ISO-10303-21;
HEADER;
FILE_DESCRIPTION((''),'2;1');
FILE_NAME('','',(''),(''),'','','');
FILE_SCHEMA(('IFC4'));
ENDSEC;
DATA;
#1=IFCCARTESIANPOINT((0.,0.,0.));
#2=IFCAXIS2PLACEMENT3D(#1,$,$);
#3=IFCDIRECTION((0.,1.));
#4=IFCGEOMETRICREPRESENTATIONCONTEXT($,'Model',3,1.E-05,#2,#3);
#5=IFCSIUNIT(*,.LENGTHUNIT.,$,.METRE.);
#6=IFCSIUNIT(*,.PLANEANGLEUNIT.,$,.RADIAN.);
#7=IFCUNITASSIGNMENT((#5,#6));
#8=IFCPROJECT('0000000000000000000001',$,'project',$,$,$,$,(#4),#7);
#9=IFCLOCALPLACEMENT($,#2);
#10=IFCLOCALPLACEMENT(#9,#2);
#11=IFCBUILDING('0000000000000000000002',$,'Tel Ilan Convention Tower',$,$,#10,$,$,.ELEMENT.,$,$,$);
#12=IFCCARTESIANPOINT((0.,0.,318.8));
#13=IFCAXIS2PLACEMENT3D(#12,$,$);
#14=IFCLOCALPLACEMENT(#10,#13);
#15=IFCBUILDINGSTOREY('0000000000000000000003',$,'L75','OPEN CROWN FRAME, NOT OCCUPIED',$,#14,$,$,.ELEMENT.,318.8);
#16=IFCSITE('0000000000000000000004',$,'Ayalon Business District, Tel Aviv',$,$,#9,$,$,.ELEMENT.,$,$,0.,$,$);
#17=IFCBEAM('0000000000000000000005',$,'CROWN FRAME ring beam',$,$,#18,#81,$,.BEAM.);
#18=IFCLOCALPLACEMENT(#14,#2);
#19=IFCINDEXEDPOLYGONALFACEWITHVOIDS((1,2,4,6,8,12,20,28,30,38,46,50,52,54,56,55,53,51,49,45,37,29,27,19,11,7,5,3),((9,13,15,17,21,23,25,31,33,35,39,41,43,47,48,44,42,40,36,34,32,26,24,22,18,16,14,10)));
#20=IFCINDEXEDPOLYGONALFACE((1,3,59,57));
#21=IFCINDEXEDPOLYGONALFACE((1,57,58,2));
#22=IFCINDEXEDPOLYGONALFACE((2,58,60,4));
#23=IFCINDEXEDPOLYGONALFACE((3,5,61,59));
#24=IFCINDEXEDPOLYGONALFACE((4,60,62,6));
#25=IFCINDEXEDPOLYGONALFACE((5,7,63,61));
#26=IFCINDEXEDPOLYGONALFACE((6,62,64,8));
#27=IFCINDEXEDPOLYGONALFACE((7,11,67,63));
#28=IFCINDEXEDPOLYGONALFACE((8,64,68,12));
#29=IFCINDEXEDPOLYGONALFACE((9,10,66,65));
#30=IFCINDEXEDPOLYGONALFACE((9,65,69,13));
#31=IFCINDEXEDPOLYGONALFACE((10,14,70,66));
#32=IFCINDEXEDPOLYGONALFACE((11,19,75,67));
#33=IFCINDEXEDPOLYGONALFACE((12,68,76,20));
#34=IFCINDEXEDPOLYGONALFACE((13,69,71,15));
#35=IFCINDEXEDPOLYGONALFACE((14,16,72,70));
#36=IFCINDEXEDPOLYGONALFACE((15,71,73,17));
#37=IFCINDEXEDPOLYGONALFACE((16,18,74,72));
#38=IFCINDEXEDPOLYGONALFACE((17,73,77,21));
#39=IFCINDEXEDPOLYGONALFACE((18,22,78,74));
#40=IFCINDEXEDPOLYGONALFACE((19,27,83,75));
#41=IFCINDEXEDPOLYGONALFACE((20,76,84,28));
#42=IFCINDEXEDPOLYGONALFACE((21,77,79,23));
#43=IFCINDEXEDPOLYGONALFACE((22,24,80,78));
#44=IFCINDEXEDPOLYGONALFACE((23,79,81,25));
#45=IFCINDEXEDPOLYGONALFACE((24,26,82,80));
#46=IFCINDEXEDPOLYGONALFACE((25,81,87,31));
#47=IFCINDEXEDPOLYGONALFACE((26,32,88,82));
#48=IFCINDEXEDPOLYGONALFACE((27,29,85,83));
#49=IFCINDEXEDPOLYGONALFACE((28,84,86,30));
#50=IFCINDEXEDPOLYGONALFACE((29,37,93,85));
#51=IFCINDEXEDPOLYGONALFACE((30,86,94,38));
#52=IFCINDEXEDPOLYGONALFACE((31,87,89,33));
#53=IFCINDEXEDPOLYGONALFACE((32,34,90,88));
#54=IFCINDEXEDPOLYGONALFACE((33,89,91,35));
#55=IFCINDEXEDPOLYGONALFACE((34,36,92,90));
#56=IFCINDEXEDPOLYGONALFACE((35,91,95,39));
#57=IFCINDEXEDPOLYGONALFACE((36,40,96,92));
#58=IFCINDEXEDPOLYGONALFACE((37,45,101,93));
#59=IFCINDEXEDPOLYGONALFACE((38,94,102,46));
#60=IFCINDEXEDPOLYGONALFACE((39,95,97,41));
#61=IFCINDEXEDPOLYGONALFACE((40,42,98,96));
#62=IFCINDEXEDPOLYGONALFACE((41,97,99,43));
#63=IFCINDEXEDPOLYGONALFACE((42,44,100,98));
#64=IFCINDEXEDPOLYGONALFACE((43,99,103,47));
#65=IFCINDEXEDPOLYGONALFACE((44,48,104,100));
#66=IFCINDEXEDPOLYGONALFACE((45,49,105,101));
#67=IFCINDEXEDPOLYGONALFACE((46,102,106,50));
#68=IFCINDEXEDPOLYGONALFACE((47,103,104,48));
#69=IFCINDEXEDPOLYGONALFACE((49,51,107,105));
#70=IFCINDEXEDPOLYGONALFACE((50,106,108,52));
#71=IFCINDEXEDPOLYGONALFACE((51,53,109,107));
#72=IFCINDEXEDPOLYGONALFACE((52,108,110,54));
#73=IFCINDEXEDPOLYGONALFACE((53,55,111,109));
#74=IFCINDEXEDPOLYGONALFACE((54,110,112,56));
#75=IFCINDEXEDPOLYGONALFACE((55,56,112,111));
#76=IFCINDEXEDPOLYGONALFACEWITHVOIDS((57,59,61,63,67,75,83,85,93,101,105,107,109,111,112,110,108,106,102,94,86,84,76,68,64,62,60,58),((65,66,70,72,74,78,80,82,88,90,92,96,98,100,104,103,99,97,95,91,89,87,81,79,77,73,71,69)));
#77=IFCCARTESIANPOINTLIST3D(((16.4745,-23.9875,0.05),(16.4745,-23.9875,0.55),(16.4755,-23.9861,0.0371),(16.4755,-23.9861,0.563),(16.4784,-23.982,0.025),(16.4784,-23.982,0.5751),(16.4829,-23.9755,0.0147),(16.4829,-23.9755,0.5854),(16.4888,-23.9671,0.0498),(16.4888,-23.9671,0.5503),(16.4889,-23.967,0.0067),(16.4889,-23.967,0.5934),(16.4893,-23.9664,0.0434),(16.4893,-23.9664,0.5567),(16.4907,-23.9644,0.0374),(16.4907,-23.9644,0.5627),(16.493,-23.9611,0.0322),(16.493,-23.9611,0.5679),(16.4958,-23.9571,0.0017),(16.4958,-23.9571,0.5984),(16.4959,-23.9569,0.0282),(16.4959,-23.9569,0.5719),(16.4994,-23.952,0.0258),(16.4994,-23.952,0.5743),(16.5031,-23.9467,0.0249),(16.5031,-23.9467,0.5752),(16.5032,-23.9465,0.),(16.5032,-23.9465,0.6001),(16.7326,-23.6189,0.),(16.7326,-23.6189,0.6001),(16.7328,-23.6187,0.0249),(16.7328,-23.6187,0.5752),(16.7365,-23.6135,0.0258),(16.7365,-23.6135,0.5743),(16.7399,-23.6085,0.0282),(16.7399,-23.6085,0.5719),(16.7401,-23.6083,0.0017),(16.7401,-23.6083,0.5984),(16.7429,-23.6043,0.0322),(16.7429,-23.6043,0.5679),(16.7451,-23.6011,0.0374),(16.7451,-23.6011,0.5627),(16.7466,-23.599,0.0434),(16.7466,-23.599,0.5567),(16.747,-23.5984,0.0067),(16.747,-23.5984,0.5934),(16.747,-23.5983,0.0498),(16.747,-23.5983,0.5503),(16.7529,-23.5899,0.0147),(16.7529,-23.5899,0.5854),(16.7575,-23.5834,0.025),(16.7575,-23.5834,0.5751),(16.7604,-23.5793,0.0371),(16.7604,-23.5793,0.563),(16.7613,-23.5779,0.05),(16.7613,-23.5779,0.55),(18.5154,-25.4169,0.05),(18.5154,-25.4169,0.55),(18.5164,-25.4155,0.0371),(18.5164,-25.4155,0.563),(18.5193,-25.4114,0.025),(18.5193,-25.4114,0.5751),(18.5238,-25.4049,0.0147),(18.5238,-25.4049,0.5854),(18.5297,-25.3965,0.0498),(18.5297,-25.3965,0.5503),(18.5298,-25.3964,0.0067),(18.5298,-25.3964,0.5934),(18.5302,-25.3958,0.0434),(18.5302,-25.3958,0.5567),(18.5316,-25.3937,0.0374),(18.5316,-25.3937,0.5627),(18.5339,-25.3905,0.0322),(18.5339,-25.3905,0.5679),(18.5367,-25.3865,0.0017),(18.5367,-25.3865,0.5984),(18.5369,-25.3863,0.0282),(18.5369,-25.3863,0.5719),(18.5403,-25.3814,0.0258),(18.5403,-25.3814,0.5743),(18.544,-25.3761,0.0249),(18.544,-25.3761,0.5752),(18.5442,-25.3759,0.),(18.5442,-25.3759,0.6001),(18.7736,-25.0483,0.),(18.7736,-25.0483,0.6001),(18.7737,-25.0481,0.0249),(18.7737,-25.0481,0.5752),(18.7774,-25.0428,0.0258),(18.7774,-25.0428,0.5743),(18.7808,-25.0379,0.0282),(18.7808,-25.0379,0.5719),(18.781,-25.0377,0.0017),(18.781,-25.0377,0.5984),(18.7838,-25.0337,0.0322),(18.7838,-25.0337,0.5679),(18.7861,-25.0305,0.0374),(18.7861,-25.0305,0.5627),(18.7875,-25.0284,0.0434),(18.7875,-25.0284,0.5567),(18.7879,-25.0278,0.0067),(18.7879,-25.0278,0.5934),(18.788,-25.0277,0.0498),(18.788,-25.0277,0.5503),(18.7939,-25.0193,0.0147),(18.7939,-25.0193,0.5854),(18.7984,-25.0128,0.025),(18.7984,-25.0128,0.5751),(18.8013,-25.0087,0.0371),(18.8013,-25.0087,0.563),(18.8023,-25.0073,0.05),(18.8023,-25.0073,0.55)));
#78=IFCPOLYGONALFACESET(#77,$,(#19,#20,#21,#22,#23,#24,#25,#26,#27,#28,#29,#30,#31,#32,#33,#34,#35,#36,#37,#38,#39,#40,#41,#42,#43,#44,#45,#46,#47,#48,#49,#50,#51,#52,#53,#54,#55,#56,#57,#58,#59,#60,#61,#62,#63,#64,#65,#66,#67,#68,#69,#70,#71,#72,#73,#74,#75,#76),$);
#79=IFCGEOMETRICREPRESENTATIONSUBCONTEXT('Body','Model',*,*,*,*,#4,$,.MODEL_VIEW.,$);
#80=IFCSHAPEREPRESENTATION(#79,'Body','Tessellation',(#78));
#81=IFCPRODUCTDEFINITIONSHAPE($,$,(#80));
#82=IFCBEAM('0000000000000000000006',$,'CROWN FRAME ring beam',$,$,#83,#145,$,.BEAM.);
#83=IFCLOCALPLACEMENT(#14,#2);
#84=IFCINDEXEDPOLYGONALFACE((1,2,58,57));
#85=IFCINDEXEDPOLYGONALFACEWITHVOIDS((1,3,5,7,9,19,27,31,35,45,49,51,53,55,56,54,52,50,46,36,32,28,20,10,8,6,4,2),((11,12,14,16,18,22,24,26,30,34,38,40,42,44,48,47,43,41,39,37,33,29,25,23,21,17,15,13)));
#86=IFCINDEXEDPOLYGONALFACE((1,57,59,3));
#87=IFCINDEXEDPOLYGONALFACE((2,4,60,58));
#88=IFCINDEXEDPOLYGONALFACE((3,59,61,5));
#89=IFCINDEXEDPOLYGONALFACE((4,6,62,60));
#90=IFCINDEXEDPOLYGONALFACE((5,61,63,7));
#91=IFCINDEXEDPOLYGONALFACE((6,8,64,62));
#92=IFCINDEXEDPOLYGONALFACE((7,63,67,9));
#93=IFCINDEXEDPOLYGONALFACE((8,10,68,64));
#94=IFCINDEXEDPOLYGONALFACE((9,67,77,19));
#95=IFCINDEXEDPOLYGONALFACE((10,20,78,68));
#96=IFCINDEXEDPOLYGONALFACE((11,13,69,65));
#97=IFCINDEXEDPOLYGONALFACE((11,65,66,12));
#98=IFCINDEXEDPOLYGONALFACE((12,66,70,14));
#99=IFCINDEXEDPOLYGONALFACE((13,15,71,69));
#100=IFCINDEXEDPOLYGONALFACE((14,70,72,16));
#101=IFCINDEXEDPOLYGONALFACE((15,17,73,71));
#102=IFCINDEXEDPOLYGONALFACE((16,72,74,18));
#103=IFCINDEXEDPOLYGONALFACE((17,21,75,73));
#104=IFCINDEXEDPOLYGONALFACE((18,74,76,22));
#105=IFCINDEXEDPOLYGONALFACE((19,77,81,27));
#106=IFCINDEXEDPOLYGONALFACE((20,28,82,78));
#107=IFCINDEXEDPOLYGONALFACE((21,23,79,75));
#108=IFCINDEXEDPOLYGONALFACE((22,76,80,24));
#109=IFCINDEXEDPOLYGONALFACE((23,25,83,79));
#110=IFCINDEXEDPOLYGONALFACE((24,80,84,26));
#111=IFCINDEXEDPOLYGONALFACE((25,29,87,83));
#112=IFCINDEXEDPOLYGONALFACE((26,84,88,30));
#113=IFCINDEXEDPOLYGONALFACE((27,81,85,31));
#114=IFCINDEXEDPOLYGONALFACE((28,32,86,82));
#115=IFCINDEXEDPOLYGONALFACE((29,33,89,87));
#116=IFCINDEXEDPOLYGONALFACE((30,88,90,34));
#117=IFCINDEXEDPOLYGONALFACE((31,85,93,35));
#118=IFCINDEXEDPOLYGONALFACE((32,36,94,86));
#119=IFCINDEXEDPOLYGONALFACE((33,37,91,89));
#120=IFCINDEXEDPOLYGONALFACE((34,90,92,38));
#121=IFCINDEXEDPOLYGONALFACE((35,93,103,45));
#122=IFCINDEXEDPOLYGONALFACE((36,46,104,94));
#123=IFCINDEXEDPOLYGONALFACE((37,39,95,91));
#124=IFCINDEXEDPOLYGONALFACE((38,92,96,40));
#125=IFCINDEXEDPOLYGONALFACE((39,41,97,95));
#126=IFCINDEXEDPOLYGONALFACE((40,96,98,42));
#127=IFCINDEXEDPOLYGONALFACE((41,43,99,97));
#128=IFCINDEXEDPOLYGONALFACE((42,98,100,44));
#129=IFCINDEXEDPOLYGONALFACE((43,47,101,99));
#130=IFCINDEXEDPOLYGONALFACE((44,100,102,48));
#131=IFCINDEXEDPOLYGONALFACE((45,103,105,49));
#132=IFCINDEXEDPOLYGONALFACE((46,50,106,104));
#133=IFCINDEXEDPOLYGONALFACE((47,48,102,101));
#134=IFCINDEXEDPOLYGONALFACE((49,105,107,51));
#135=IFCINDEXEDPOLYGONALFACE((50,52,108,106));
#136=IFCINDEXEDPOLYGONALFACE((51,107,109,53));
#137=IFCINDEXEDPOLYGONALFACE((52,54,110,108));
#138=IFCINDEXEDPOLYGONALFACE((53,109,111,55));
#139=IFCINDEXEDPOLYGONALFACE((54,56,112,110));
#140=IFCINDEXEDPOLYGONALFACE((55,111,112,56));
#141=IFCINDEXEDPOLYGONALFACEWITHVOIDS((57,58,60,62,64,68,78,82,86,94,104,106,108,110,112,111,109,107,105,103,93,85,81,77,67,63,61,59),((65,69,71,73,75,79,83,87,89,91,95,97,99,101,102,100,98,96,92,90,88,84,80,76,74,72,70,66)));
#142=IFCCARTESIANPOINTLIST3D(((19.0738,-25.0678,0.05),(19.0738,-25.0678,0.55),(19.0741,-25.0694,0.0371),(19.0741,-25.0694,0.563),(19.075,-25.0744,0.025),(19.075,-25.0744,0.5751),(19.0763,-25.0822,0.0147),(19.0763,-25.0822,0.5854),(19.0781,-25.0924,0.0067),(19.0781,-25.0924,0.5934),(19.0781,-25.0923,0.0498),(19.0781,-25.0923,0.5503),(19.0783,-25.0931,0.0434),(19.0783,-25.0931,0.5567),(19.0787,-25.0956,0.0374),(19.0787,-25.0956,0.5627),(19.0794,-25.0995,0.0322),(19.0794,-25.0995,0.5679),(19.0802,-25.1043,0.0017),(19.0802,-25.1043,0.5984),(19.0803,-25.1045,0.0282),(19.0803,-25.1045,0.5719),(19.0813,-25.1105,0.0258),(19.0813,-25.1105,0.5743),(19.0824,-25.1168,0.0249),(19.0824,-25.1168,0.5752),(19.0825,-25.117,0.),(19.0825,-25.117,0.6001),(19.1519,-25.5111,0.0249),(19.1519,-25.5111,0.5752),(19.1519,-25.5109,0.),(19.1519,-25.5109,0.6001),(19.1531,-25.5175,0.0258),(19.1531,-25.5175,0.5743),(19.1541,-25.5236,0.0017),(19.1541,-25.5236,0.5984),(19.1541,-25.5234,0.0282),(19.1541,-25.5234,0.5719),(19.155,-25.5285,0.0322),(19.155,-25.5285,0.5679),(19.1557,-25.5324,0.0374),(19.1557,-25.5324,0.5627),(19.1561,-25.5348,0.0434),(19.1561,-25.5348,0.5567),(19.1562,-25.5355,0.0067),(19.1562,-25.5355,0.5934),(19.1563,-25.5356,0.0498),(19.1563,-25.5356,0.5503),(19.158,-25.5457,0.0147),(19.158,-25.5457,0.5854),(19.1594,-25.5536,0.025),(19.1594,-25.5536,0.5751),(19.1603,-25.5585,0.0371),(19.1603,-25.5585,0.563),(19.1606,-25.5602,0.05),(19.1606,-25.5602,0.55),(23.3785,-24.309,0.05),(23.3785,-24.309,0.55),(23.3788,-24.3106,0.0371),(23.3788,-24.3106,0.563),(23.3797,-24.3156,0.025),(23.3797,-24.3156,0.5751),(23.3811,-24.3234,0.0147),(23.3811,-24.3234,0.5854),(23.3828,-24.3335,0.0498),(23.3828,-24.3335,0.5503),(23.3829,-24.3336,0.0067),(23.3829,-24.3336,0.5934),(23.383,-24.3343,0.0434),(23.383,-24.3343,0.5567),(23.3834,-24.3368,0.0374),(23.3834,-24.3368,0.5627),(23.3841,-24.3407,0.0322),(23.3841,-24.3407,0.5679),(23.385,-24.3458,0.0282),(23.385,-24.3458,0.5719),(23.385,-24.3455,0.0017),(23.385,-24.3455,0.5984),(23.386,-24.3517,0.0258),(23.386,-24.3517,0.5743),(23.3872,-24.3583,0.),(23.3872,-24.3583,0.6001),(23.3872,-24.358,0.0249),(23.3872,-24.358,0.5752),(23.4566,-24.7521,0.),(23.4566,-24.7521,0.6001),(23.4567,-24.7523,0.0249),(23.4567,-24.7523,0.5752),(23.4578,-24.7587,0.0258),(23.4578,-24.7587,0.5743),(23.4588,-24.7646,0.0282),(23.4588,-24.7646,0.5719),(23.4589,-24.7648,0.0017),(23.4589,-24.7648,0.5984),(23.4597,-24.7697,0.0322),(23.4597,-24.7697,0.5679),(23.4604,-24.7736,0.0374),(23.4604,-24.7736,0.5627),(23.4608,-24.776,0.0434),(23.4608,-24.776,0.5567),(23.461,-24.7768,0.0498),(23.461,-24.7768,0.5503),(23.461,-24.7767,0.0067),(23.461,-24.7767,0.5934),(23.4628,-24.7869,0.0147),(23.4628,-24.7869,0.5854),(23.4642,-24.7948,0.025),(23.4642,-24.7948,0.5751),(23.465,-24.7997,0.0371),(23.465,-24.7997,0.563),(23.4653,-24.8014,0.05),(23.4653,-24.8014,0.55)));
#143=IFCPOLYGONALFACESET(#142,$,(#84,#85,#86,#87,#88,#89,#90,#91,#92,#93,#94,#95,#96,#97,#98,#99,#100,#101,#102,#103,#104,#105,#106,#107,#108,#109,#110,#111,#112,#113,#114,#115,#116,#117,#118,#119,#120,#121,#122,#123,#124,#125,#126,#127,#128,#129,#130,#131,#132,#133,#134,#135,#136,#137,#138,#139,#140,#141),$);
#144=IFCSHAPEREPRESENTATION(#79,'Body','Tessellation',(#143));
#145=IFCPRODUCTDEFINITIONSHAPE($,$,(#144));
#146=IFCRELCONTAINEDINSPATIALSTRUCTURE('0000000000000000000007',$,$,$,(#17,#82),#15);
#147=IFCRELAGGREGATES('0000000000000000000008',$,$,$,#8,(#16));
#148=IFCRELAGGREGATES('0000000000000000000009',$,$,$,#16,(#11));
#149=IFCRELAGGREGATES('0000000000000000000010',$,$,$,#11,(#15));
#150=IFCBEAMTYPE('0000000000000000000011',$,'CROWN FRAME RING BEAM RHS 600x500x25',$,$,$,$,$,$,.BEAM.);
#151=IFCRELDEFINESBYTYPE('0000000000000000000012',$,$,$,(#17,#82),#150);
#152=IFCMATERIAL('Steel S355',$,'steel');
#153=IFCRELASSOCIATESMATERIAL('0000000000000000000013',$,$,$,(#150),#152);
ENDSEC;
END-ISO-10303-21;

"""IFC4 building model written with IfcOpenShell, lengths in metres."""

from ifc_helpers import new_model, si_unit, direction, frame, origin, origin_2d, place, context, subcontext, project, spatial, hollow_rectangle, extrude, material, material_profile, profile_set, type_object, element, save


model = new_model("IFC4")

# Units and contexts
model_context = context("Model", 3, precision=1e-05, world=origin(), true_north=direction((0.0, 1.0)))
body_context = subcontext(model_context, "Body", "Model", "MODEL_VIEW")
ifc_project = project(units=[si_unit("LENGTHUNIT", "METRE"), si_unit("PLANEANGLEUNIT", "RADIAN")], contexts=[model_context])

# Site, building, storey
site_placement = place(None, origin())
site = spatial("IfcSite", under=ifc_project, at=site_placement, Name="Ayalon Business District, Tel Aviv", CompositionType="ELEMENT", RefElevation=0.0)
building_placement = place(site_placement, origin())
building = spatial("IfcBuilding", under=site, at=building_placement, Name="Tel Ilan Convention Tower", CompositionType="ELEMENT")
storey_placement = place(building_placement, frame((0.0, 0.0, 318.8)))
storey = spatial("IfcBuildingStorey", under=building, at=storey_placement, Name="L75", Description="OPEN CROWN FRAME, NOT OCCUPIED", CompositionType="ELEMENT", Elevation=318.8)

# Beams
ifc_material_1 = material(Name="Steel S355", Category="steel")
ifc_material_profile_1 = material_profile(ifc_material_1, hollow_rectangle(XDim=0.5, YDim=0.6001, WallThickness=0.0249, InnerFilletRadius=0.0249, OuterFilletRadius=0.05, at=origin_2d()), Name="RHS 600x500x25")
ifc_profile_set_1 = profile_set([ifc_material_profile_1], Name="Steel S355")
beam_type = type_object("IfcBeamType", Name="CROWN FRAME RING BEAM RHS 600x500x25", PredefinedType="BEAM", material=ifc_profile_set_1)
beam_1_placement = place(storey_placement, frame((16.6179, -23.7827, 0.3), z_axis=(0.819094, -0.57366, 0.0), x_axis=(0.57366, 0.819094, 0.0)))
element("IfcBeam", 1, at=beam_1_placement, inside=storey, type_object=beam_type, Name="CROWN FRAME ring beam", PredefinedType="BEAM", context=body_context, shape_type="SweptSolid", body=[
    extrude(hollow_rectangle(XDim=0.5, YDim=0.6001, WallThickness=0.0249, InnerFilletRadius=0.0249, OuterFilletRadius=0.05, at=origin_2d()), origin(), (0.0, 0.0, 1.0), 2.4917),
])
beam_2_placement = place(storey_placement, frame((19.1172, -25.314, 0.3), z_axis=(0.984817, 0.173594, 0.0), x_axis=(-0.173594, 0.984817, 0.0)))
element("IfcBeam", 2, at=beam_2_placement, inside=storey, type_object=beam_type, Name="CROWN FRAME ring beam", PredefinedType="BEAM", context=body_context, shape_type="SweptSolid", body=[
    extrude(hollow_rectangle(XDim=0.5, YDim=0.6001, WallThickness=0.0249, InnerFilletRadius=0.0249, OuterFilletRadius=0.05, at=origin_2d()), origin(), (0.0, 0.0, 1.0), 4.3711),
])

save(model, "model.ifc")
